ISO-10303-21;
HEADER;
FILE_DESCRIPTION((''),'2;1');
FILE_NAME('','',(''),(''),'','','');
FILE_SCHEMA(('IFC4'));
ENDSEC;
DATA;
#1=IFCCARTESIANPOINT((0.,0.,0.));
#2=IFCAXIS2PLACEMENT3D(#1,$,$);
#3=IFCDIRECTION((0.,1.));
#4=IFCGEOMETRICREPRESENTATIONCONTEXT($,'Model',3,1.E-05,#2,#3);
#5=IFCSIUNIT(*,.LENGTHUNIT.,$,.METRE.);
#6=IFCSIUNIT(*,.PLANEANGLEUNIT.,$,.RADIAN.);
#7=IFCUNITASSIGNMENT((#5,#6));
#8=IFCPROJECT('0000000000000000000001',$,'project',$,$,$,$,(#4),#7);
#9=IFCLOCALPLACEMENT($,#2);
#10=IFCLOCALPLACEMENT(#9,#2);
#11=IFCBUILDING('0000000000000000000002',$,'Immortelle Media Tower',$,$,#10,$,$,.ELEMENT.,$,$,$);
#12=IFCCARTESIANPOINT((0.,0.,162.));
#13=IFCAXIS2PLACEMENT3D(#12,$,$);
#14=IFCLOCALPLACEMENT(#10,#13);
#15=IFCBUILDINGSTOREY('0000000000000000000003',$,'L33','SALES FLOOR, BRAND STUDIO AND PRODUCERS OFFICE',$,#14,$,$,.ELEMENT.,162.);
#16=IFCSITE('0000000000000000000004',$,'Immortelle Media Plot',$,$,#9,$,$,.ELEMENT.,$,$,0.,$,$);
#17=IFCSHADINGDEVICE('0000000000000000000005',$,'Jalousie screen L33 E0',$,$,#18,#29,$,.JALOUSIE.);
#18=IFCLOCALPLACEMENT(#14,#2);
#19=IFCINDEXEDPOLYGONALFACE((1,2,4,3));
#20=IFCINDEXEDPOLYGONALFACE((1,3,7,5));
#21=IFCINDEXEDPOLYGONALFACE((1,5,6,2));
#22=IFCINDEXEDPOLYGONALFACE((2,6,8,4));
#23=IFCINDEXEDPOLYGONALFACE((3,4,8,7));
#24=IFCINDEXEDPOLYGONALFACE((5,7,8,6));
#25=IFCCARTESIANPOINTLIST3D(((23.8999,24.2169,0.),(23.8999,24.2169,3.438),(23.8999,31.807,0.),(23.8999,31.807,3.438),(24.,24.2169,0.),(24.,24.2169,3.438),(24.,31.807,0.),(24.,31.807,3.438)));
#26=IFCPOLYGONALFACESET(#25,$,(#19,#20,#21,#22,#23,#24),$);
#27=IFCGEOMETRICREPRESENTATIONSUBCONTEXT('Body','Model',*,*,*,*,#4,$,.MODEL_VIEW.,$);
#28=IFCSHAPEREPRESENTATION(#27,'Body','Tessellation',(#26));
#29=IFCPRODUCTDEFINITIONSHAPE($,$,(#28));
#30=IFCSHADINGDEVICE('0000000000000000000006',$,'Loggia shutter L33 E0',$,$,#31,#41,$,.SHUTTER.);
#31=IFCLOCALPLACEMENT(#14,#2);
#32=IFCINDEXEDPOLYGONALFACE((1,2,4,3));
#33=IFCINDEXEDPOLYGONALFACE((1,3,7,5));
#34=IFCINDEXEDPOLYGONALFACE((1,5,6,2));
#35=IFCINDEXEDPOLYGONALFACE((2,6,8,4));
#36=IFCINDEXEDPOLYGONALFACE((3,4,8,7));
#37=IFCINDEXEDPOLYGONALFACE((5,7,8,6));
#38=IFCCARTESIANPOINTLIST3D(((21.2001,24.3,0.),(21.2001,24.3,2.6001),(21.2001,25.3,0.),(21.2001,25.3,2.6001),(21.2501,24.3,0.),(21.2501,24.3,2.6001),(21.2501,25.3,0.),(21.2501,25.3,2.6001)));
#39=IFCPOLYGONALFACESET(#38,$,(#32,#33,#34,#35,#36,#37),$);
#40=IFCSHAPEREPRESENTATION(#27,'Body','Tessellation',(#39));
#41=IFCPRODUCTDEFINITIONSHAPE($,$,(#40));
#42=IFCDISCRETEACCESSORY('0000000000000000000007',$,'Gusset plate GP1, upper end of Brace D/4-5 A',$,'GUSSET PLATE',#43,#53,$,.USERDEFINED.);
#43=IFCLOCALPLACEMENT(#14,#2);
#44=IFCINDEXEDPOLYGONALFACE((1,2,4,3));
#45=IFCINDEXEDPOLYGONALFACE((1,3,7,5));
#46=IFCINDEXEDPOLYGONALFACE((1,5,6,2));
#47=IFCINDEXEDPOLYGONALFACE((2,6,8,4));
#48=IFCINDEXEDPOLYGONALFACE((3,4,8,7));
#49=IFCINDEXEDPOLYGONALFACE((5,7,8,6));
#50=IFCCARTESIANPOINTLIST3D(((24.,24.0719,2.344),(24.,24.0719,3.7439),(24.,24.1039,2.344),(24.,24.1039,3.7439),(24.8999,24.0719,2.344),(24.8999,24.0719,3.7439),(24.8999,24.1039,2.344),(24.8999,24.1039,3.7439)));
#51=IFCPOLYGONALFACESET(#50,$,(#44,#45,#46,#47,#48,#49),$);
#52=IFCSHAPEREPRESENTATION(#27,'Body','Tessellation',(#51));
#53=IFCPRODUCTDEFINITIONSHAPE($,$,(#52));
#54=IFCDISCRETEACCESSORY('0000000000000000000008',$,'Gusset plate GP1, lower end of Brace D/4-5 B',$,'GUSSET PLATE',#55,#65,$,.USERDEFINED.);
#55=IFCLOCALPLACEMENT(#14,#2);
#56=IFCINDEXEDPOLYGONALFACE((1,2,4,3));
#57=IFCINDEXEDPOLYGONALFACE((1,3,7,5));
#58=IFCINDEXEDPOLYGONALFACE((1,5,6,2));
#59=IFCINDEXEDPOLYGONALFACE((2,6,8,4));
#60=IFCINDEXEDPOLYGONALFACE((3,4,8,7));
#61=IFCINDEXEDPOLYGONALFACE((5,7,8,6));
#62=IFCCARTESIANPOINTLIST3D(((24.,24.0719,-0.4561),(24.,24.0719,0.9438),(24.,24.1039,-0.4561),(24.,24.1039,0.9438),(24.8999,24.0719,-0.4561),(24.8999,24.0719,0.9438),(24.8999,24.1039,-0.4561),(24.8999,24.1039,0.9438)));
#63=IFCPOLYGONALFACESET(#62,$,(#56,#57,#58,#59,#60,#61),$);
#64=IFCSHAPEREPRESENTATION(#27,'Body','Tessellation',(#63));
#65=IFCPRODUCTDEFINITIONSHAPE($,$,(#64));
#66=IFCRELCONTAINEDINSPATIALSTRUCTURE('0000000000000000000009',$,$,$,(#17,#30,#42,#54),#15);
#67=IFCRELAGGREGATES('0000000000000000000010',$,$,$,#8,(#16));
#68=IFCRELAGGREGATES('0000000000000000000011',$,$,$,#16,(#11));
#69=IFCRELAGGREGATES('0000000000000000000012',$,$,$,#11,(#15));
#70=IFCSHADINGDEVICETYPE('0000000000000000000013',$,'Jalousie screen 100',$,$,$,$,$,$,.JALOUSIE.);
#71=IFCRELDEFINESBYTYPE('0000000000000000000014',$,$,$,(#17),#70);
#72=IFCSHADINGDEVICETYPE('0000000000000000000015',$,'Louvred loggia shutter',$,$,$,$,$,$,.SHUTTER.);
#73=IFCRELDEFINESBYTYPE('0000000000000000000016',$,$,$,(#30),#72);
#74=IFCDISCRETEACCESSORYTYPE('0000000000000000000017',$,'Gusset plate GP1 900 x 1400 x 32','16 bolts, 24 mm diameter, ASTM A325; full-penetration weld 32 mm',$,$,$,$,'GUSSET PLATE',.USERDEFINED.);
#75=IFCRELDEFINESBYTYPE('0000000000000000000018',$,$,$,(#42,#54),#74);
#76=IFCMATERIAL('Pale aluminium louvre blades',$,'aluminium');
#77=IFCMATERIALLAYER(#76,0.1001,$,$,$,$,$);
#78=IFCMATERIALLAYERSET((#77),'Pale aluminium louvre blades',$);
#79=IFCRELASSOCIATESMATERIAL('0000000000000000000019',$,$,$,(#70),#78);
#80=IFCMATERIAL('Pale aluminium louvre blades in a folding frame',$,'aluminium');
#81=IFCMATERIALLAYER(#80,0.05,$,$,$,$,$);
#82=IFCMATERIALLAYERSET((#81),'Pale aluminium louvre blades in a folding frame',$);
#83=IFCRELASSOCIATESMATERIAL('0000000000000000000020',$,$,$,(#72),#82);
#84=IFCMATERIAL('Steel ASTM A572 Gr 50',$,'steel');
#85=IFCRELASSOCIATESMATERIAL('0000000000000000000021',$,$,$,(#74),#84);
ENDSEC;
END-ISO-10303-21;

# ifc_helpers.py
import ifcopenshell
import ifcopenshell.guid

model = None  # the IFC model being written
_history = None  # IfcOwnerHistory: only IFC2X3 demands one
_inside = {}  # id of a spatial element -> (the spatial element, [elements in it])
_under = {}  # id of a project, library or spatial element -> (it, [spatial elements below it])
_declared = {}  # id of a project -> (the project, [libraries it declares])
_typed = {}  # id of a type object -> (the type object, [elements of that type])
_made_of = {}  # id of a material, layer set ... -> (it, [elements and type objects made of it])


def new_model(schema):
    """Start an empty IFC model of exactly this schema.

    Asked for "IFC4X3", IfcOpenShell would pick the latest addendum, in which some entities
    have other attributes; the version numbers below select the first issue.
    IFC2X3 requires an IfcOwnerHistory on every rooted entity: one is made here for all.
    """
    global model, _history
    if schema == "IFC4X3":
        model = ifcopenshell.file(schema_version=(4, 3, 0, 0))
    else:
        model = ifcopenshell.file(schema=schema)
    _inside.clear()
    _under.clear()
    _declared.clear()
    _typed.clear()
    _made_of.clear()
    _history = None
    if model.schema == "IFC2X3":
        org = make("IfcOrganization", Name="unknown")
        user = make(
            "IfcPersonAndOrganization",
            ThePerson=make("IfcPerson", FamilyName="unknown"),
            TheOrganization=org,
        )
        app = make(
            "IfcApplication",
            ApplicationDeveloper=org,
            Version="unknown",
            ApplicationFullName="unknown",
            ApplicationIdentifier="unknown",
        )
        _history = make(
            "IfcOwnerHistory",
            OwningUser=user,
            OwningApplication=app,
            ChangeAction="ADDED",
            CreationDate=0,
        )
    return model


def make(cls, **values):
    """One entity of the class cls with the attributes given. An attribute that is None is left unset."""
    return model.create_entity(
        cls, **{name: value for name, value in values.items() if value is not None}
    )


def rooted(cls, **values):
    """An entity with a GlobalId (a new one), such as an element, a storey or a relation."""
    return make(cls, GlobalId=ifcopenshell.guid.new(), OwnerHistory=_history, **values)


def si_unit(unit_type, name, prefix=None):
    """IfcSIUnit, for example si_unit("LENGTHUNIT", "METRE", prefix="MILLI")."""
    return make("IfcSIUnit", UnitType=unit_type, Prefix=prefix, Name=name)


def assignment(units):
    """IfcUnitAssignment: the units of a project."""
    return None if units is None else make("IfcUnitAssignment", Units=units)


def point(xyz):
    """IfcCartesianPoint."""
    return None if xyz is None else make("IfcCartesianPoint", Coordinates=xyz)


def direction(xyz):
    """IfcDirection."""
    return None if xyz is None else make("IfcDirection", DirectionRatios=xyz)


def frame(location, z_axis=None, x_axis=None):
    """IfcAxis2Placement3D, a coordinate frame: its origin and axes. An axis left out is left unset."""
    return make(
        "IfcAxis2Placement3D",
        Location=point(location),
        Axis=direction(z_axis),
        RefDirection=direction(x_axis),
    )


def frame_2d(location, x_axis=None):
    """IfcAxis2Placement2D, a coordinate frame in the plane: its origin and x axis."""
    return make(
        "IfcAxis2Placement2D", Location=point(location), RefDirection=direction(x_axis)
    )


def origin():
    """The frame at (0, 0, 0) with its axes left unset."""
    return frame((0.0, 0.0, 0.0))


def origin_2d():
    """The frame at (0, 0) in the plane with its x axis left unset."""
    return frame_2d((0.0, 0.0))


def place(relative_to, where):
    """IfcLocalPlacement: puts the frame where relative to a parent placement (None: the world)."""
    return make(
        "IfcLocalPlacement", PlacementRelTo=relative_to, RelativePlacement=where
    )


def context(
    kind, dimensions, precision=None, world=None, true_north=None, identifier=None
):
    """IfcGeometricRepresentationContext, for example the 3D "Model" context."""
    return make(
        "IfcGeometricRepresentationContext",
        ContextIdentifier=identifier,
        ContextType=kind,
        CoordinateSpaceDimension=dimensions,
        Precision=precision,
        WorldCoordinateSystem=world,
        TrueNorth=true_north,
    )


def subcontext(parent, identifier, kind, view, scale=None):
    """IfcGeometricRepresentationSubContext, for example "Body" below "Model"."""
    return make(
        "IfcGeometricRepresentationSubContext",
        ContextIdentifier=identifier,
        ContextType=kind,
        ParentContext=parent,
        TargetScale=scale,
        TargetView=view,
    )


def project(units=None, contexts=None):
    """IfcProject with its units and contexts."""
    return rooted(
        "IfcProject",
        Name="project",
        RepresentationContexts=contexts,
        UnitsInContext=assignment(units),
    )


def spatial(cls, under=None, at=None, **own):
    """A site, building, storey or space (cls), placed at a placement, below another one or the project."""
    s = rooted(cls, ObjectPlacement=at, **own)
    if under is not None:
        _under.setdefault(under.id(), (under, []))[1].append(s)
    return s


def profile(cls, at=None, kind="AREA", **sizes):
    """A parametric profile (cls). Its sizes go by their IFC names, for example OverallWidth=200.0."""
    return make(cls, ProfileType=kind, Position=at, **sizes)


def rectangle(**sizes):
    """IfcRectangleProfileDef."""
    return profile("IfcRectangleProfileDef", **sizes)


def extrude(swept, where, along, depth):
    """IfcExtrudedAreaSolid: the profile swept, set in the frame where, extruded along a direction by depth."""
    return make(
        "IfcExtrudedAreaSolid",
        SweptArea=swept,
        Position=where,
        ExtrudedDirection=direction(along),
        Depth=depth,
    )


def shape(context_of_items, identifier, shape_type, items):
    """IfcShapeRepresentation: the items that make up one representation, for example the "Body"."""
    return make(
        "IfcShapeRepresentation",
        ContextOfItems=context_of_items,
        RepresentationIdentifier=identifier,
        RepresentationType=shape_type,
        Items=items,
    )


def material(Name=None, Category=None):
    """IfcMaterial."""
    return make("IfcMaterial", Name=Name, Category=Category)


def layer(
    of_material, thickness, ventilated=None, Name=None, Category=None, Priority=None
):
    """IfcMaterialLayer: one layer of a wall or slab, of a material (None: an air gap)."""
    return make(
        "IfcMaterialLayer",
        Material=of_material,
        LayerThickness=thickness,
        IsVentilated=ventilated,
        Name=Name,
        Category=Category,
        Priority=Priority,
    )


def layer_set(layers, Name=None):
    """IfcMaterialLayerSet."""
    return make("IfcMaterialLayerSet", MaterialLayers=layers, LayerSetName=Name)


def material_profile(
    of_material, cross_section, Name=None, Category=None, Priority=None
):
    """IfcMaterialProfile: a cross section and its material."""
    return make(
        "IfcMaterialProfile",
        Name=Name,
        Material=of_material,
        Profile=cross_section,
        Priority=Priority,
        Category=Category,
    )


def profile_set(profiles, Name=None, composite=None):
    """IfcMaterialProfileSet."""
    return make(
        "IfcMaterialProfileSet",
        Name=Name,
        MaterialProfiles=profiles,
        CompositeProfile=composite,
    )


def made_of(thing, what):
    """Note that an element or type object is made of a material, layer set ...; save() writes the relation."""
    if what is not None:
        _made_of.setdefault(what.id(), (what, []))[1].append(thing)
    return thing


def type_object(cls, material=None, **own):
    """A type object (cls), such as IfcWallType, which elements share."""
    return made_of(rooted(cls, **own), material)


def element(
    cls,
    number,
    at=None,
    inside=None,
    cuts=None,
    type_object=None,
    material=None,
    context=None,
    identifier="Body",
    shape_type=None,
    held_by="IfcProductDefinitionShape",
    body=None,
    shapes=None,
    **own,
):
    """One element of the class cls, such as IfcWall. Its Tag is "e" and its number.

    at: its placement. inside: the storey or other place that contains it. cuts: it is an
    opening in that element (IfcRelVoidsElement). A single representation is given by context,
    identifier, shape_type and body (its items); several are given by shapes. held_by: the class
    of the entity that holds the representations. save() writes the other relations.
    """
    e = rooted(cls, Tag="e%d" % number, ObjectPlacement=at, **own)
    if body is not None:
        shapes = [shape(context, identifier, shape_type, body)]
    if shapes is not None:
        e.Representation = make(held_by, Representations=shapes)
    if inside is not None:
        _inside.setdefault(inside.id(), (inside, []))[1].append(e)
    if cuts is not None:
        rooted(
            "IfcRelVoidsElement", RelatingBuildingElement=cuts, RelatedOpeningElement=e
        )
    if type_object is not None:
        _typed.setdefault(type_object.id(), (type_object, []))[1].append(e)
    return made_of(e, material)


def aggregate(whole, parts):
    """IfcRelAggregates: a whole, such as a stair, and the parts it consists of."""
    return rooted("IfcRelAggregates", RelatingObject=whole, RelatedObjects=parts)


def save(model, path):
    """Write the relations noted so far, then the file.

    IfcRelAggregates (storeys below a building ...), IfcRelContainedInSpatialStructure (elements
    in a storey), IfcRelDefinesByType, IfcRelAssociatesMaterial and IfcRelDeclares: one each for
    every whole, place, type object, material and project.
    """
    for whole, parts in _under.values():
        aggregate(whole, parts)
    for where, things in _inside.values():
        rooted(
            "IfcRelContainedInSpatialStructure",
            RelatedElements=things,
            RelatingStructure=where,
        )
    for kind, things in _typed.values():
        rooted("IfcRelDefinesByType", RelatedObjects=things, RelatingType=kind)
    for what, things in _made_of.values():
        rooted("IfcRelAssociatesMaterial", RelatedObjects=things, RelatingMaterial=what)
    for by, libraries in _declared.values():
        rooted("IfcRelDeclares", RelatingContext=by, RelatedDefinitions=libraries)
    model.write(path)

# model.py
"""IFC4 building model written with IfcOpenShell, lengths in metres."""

from ifc_helpers import new_model, si_unit, direction, frame, origin, origin_2d, place, context, subcontext, project, spatial, rectangle, extrude, material, layer, layer_set, material_profile, profile_set, type_object, element, save


model = new_model("IFC4")

# Units and contexts
model_context = context("Model", 3, precision=1e-05, world=origin(), true_north=direction((0.0, 1.0)))
body_context = subcontext(model_context, "Body", "Model", "MODEL_VIEW")
ifc_project = project(units=[si_unit("LENGTHUNIT", "METRE"), si_unit("PLANEANGLEUNIT", "RADIAN")], contexts=[model_context])

# Site, building, storey
site_placement = place(None, origin())
site = spatial("IfcSite", under=ifc_project, at=site_placement, Name="Immortelle Media Plot", CompositionType="ELEMENT", RefElevation=0.0)
building_placement = place(site_placement, origin())
building = spatial("IfcBuilding", under=site, at=building_placement, Name="Immortelle Media Tower", CompositionType="ELEMENT")
storey_placement = place(building_placement, frame((0.0, 0.0, 162.0)))
storey = spatial("IfcBuildingStorey", under=building, at=storey_placement, Name="L33", Description="SALES FLOOR, BRAND STUDIO AND PRODUCERS OFFICE", CompositionType="ELEMENT", Elevation=162.0)

# Shading devices
ifc_material_1 = material(Name="Pale aluminium louvre blades", Category="aluminium")
ifc_layer_1 = layer(ifc_material_1, 0.1001)
ifc_layer_set_1 = layer_set([ifc_layer_1], Name="Pale aluminium louvre blades")
shading_device_type_1 = type_object("IfcShadingDeviceType", Name="Jalousie screen 100", PredefinedType="JALOUSIE", material=ifc_layer_set_1)
shading_device_1_placement = place(storey_placement, frame((23.95, 28.012, 0.0), z_axis=(0.0, 0.0, 1.0), x_axis=(0.0, 1.0, 0.0)))
element("IfcShadingDevice", 1, at=shading_device_1_placement, inside=storey, type_object=shading_device_type_1, Name="Jalousie screen L33 E0", PredefinedType="JALOUSIE", context=body_context, shape_type="SweptSolid", body=[
    extrude(rectangle(XDim=7.5901, YDim=0.1001, at=origin_2d()), origin(), (0.0, 0.0, 1.0), 3.438),
])
ifc_material_2 = material(Name="Pale aluminium louvre blades in a folding frame", Category="aluminium")
ifc_layer_2 = layer(ifc_material_2, 0.05)
ifc_layer_set_2 = layer_set([ifc_layer_2], Name="Pale aluminium louvre blades in a folding frame")
shading_device_type_2 = type_object("IfcShadingDeviceType", Name="Louvred loggia shutter", PredefinedType="SHUTTER", material=ifc_layer_set_2)
shading_device_2_placement = place(storey_placement, frame((21.2251, 24.8, 0.0), z_axis=(0.0, 0.0, 1.0), x_axis=(0.0, 1.0, 0.0)))
element("IfcShadingDevice", 2, at=shading_device_2_placement, inside=storey, type_object=shading_device_type_2, Name="Loggia shutter L33 E0", PredefinedType="SHUTTER", context=body_context, shape_type="SweptSolid", body=[
    extrude(rectangle(XDim=1.0, YDim=0.05, at=origin_2d()), origin(), (0.0, 0.0, 1.0), 2.6001),
])

# Discrete accessories
ifc_material_3 = material(Name="Steel ASTM A572 Gr 50", Category="steel")
ifc_material_profile_1 = material_profile(ifc_material_3, rectangle(XDim=0.032, YDim=1.3999, at=origin_2d()), Name="PL 32 x 1400")
ifc_profile_set_1 = profile_set([ifc_material_profile_1], Name="Steel ASTM A572 Gr 50")
discrete_accessory_type = type_object("IfcDiscreteAccessoryType", Name="Gusset plate GP1 900 x 1400 x 32", Description="16 bolts, 24 mm diameter, ASTM A325; full-penetration weld 32 mm", ElementType="GUSSET PLATE", PredefinedType="USERDEFINED", material=ifc_profile_set_1)
for number, where, z_axis, x_axis, name in (
    (3, (24.0, 24.0879, 3.0439), (1.0, 0.0, 0.0), (0.0, 1.0, 0.0), "Gusset plate GP1, upper end of Brace D/4-5 A"),
    (4, (24.0, 24.0879, 0.2439), (1.0, 0.0, 0.0), (0.0, 1.0, 0.0), "Gusset plate GP1, lower end of Brace D/4-5 B"),
):
    element("IfcDiscreteAccessory", number, at=place(storey_placement, frame(where, z_axis=z_axis, x_axis=x_axis)), inside=storey, type_object=discrete_accessory_type, Name=name, ObjectType="GUSSET PLATE", PredefinedType="USERDEFINED", context=body_context, shape_type="SweptSolid", body=[
        extrude(rectangle(XDim=0.032, YDim=1.3999, at=origin_2d()), origin(), (0.0, 0.0, 1.0), 0.8999),
    ])

save(model, "model.ifc")
